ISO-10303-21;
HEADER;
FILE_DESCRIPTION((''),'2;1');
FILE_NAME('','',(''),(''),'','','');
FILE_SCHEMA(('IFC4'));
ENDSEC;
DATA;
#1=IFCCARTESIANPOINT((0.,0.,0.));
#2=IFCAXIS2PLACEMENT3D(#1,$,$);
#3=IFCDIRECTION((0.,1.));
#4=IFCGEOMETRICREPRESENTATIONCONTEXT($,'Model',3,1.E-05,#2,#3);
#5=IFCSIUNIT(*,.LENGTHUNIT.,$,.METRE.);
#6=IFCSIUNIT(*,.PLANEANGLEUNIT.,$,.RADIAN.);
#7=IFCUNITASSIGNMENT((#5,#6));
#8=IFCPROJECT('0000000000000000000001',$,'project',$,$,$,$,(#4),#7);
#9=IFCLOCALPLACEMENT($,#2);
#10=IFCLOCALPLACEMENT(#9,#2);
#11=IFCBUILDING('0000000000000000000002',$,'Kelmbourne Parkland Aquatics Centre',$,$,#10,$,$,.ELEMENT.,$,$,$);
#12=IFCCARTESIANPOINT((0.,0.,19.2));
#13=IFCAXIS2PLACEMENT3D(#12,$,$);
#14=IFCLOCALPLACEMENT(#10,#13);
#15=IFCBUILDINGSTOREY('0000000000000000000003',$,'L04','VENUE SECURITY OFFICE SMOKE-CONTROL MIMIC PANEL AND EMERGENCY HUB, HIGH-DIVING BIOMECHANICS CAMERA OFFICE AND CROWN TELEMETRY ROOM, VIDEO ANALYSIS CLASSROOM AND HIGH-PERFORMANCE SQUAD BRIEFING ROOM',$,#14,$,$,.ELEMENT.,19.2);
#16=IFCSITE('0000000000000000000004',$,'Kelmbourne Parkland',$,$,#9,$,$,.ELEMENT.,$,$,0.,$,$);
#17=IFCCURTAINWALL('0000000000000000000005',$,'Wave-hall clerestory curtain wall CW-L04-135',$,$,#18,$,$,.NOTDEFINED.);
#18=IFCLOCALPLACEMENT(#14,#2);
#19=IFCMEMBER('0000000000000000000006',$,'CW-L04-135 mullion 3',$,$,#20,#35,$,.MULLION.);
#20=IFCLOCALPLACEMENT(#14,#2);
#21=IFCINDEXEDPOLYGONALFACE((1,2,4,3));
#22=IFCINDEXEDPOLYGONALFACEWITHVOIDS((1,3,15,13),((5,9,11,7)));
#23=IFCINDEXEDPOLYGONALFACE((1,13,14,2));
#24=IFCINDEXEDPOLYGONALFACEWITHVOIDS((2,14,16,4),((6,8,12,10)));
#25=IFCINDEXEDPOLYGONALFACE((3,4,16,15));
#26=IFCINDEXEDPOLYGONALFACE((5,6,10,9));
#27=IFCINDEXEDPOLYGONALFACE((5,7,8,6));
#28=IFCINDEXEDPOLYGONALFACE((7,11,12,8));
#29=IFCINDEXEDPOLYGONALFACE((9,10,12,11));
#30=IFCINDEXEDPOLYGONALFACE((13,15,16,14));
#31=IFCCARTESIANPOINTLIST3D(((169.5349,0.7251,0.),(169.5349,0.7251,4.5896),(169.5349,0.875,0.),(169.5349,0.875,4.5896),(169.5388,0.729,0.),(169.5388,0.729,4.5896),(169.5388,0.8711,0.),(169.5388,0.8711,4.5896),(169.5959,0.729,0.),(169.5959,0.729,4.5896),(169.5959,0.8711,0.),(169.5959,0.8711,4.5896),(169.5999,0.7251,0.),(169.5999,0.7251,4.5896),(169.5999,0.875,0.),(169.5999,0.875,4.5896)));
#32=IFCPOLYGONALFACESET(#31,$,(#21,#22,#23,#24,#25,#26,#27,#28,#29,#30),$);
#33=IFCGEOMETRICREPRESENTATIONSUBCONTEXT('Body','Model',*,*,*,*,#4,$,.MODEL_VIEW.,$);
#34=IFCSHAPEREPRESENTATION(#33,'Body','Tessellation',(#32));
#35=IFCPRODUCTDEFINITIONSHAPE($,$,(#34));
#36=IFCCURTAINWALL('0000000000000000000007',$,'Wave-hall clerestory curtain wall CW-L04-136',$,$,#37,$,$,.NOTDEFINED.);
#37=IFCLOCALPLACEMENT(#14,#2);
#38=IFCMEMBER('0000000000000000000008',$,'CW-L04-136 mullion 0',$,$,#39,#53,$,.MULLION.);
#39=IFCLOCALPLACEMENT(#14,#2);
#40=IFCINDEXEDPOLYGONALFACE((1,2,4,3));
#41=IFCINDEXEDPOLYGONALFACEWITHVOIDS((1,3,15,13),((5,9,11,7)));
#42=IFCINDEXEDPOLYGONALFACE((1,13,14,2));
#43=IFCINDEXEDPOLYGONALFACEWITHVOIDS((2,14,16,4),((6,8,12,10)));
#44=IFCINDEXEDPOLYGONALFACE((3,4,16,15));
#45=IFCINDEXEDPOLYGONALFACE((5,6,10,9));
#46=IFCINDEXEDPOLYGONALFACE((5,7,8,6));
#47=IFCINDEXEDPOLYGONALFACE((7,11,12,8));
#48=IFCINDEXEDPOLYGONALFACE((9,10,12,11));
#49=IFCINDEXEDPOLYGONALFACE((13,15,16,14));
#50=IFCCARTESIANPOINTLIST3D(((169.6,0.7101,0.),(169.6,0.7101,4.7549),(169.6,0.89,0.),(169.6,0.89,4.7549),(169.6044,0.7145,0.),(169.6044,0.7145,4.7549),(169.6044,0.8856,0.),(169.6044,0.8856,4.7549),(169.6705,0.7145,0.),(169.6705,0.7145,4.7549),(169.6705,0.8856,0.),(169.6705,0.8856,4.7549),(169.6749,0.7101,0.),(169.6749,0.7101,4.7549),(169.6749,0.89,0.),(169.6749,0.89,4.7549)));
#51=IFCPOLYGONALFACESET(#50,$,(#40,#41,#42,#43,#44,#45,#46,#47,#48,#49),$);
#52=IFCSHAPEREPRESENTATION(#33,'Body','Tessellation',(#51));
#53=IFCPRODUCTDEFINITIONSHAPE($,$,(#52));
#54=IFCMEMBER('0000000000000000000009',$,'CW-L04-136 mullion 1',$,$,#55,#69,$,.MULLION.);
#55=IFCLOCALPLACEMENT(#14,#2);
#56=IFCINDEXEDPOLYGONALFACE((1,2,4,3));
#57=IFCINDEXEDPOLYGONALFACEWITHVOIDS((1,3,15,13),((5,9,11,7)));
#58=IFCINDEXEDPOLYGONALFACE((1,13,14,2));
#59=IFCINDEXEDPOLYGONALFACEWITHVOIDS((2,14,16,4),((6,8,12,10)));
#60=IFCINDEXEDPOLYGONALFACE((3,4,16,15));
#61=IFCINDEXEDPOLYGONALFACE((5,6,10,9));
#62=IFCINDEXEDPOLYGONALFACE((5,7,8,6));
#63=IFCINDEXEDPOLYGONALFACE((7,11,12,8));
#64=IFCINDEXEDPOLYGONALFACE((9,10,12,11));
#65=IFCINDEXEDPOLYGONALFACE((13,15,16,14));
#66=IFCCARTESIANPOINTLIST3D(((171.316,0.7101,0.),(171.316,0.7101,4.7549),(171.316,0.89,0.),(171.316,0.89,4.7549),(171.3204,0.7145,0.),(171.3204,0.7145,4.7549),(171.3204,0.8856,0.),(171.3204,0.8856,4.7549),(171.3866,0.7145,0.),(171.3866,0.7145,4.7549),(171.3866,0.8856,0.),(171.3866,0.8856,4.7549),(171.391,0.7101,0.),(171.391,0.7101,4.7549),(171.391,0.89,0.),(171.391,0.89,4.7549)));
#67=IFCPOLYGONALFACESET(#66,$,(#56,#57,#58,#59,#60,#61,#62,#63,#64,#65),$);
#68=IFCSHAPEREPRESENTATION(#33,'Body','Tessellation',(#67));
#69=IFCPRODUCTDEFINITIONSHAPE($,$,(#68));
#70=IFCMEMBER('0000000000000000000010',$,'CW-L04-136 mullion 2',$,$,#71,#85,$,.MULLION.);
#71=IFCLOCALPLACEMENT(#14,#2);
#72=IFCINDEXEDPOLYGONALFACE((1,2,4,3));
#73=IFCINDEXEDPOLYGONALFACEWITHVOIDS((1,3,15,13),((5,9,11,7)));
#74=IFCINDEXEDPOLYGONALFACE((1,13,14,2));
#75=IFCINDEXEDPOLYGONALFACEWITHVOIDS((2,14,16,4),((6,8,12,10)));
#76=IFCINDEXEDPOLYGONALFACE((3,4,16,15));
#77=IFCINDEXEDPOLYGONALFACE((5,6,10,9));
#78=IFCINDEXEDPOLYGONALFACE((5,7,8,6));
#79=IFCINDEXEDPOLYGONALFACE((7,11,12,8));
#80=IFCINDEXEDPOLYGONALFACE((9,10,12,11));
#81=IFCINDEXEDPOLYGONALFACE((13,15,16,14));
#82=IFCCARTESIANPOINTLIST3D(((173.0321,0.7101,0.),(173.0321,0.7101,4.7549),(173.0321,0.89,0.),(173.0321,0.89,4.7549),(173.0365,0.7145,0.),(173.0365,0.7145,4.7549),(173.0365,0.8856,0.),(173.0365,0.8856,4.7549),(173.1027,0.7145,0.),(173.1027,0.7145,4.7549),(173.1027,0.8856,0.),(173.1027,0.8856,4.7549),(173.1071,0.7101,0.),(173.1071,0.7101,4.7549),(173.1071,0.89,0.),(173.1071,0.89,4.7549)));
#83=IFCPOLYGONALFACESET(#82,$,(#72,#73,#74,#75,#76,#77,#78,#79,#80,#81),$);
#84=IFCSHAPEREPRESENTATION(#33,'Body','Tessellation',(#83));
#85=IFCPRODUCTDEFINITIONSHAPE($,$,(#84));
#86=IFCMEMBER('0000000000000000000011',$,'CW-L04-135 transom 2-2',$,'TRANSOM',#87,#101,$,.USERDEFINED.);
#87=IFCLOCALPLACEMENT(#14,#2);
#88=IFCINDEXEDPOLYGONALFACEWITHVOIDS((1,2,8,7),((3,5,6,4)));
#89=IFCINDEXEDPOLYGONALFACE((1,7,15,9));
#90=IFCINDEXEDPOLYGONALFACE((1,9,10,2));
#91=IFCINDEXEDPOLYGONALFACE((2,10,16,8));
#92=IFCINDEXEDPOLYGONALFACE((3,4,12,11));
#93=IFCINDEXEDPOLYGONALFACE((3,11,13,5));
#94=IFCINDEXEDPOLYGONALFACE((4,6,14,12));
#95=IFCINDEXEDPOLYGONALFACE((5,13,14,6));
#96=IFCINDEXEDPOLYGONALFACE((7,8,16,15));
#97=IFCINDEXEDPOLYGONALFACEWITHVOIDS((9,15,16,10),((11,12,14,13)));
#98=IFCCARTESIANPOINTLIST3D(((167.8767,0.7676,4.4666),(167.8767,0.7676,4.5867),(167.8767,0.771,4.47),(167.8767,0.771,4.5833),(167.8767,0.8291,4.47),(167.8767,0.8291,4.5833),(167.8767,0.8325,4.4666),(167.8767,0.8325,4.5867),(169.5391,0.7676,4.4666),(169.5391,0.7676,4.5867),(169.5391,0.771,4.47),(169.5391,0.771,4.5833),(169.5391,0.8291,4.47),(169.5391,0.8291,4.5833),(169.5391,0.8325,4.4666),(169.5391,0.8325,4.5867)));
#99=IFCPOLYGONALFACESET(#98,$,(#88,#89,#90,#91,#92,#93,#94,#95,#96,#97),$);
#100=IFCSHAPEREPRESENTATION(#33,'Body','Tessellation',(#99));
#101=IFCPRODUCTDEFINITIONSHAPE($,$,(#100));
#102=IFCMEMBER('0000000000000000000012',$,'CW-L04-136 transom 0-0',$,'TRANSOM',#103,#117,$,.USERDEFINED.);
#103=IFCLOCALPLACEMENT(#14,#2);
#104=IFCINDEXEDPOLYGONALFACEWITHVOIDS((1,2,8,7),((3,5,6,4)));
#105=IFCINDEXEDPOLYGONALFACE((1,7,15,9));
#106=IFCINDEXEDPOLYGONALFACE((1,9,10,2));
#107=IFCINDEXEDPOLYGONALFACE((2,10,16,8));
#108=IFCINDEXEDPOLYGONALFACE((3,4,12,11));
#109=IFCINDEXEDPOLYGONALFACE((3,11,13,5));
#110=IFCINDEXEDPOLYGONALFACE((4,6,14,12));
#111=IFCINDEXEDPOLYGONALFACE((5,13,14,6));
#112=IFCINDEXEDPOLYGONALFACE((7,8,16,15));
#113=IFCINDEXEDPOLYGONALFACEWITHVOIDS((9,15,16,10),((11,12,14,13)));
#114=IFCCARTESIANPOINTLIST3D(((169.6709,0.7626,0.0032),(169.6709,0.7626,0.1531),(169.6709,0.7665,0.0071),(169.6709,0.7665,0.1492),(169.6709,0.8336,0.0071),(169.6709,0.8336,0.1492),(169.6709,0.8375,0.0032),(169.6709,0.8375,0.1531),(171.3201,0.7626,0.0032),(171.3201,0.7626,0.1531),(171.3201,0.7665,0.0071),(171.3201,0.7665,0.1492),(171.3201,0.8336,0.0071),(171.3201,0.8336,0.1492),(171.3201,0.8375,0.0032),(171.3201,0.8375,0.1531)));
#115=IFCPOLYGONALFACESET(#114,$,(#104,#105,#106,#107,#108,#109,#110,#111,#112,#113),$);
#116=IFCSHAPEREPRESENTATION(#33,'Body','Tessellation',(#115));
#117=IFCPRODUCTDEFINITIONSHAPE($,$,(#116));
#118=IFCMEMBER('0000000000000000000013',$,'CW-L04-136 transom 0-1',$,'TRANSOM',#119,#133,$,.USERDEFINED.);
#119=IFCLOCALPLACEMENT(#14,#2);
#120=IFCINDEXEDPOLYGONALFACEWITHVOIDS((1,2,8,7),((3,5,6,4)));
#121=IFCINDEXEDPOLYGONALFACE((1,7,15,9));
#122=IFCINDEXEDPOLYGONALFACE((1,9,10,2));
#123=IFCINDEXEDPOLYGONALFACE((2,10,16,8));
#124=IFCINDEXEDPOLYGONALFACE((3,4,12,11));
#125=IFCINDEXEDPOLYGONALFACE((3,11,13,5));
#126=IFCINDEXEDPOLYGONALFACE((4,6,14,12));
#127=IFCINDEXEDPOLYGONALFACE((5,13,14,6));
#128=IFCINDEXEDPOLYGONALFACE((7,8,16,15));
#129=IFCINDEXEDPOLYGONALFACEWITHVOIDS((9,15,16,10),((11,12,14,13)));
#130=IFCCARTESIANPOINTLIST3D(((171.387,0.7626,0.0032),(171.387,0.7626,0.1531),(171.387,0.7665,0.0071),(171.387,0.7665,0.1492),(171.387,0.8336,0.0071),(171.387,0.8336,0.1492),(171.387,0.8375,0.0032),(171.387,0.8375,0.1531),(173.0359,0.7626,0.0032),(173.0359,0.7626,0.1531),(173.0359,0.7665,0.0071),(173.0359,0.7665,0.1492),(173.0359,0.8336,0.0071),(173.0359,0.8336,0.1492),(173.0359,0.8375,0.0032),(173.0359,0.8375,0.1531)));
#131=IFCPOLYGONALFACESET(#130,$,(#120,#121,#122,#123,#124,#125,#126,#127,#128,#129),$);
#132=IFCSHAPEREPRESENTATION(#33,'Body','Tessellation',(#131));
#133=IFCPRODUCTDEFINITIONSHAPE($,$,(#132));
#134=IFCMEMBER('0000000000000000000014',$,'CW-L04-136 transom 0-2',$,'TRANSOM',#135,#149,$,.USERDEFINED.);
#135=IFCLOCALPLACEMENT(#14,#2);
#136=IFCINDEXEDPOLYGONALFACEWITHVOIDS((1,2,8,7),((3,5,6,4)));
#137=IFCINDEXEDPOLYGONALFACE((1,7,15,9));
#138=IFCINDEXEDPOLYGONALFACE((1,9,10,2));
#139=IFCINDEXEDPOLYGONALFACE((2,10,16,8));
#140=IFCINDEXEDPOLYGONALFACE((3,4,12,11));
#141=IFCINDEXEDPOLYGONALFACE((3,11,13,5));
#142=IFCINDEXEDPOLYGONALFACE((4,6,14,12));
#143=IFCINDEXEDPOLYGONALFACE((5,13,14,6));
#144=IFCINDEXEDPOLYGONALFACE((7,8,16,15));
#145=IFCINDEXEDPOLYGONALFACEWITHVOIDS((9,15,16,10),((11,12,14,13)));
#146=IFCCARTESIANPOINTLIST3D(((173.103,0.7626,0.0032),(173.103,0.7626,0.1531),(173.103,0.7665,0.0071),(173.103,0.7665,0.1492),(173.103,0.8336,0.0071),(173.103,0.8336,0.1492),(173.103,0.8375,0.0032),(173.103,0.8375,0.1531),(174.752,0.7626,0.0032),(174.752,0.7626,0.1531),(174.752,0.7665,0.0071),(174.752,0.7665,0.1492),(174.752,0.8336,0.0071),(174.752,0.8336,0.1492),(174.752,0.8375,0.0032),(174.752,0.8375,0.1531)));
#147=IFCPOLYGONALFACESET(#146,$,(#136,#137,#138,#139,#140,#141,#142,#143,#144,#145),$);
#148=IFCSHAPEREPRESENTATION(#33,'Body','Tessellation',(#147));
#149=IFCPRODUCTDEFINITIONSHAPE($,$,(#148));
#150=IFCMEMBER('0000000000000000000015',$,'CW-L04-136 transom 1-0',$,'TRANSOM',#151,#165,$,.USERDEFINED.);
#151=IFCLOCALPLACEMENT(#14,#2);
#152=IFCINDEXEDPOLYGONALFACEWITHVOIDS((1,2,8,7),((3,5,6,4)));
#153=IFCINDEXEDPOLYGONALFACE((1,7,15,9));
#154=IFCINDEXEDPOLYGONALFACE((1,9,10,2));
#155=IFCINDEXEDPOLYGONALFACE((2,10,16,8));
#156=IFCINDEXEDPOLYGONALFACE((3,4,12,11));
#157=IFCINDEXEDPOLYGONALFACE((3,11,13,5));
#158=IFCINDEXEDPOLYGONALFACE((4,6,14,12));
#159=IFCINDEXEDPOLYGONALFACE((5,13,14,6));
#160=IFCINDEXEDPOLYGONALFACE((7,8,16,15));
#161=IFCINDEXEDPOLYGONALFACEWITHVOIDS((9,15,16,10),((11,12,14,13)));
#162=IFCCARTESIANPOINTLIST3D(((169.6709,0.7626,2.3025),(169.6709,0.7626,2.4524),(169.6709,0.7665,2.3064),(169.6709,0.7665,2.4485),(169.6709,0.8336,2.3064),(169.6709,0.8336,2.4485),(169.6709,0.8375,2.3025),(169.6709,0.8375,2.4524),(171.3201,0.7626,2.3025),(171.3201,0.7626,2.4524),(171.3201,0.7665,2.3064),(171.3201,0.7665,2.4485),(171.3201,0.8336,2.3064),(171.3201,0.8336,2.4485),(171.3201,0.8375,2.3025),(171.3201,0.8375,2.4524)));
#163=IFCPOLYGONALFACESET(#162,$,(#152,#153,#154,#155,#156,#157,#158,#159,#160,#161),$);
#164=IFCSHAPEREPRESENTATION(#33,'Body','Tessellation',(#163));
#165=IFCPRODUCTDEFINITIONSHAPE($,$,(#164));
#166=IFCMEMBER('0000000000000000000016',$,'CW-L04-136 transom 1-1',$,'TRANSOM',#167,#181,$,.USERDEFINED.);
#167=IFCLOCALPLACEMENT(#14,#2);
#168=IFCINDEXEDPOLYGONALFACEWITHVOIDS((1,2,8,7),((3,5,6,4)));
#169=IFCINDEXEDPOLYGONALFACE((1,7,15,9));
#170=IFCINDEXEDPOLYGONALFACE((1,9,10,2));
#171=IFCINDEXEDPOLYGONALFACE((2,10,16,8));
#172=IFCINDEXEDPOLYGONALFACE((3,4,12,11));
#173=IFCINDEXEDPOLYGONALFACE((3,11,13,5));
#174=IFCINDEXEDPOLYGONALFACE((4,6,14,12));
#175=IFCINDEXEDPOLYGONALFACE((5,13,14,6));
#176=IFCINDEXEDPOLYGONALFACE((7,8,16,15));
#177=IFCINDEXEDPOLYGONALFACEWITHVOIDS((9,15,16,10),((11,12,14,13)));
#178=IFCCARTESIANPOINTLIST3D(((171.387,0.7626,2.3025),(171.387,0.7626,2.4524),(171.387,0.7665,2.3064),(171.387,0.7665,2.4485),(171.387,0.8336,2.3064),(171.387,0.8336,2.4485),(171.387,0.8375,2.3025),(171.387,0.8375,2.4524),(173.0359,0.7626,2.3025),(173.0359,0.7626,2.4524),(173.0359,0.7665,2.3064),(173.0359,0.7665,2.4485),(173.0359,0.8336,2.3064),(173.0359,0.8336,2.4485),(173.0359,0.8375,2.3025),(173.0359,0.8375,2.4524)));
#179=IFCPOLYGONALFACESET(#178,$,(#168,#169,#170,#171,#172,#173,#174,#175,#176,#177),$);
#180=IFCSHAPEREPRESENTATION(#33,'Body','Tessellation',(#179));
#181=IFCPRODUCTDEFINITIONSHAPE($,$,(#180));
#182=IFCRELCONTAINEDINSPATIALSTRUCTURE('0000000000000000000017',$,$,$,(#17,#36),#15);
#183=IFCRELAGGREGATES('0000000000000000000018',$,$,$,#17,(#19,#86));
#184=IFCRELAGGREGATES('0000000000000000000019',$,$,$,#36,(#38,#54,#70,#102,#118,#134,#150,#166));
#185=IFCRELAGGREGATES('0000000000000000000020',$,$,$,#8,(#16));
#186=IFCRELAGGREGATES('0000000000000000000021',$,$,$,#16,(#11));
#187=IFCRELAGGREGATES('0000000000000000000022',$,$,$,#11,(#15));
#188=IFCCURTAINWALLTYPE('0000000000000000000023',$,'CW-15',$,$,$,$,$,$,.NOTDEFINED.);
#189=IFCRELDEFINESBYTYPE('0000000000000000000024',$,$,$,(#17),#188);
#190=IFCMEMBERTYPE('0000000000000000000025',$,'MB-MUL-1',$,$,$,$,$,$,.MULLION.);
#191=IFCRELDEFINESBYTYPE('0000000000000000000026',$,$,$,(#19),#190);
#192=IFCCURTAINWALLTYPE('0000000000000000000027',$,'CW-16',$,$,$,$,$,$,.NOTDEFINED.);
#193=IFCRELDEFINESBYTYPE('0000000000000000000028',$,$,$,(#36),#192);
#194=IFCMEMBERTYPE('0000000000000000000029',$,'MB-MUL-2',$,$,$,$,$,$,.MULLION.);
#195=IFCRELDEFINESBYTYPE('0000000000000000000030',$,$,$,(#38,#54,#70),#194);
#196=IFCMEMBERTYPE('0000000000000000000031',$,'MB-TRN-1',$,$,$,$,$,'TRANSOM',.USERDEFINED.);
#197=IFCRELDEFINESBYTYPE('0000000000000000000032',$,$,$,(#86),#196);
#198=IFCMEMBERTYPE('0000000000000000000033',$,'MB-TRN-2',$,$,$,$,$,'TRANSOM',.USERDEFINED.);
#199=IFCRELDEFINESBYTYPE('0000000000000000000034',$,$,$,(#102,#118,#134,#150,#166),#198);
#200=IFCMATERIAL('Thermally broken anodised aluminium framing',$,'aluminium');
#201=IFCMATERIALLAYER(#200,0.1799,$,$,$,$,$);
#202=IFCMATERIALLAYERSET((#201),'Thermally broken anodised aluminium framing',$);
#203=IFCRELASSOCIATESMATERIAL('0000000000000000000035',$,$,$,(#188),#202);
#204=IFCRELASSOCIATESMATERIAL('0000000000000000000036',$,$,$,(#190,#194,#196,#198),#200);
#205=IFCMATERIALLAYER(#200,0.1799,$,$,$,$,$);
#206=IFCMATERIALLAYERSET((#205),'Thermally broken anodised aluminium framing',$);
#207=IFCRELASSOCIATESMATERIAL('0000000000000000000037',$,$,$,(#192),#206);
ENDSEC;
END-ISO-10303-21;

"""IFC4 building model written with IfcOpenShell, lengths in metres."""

from ifc_helpers import new_model, si_unit, direction, frame, origin, origin_2d, place, context, subcontext, project, spatial, hollow_rectangle, extrude, material, layer, layer_set, material_profile, profile_set, type_object, element, aggregate, save


model = new_model("IFC4")

# Units and contexts
model_context = context("Model", 3, precision=1e-05, world=origin(), true_north=direction((0.0, 1.0)))
body_context = subcontext(model_context, "Body", "Model", "MODEL_VIEW")
ifc_project = project(units=[si_unit("LENGTHUNIT", "METRE"), si_unit("PLANEANGLEUNIT", "RADIAN")], contexts=[model_context])

# Site, building, storey
site_placement = place(None, origin())
site = spatial("IfcSite", under=ifc_project, at=site_placement, Name="Kelmbourne Parkland", CompositionType="ELEMENT", RefElevation=0.0)
building_placement = place(site_placement, origin())
building = spatial("IfcBuilding", under=site, at=building_placement, Name="Kelmbourne Parkland Aquatics Centre", CompositionType="ELEMENT")
storey_placement = place(building_placement, frame((0.0, 0.0, 19.2)))
storey = spatial("IfcBuildingStorey", under=building, at=storey_placement, Name="L04", Description="VENUE SECURITY OFFICE SMOKE-CONTROL MIMIC PANEL AND EMERGENCY HUB, HIGH-DIVING BIOMECHANICS CAMERA OFFICE AND CROWN TELEMETRY ROOM, VIDEO ANALYSIS CLASSROOM AND HIGH-PERFORMANCE SQUAD BRIEFING ROOM", CompositionType="ELEMENT", Elevation=19.2)

# Curtain wall, member
ifc_material_1 = material(Name="Thermally broken anodised aluminium framing", Category="aluminium")
ifc_layer_1 = layer(ifc_material_1, 0.1799)
ifc_layer_set_1 = layer_set([ifc_layer_1], Name="Thermally broken anodised aluminium framing")
curtain_wall_type_1 = type_object("IfcCurtainWallType", Name="CW-15", PredefinedType="NOTDEFINED", material=ifc_layer_set_1)
curtain_wall_1_placement = place(storey_placement, origin())
curtain_wall_1 = element("IfcCurtainWall", 1, at=curtain_wall_1_placement, inside=storey, type_object=curtain_wall_type_1, Name="Wave-hall clerestory curtain wall CW-L04-135", PredefinedType="NOTDEFINED")
ifc_material_profile_1 = material_profile(ifc_material_1, hollow_rectangle(XDim=0.0649, YDim=0.1499, WallThickness=0.0039, at=origin_2d()), Name="CW-M 65x150")
ifc_profile_set_1 = profile_set([ifc_material_profile_1], Name="Thermally broken anodised aluminium framing")
member_type_1 = type_object("IfcMemberType", Name="MB-MUL-1", PredefinedType="MULLION", material=ifc_profile_set_1)
member_1_placement = place(storey_placement, frame((169.5674, 0.8, 0.0), z_axis=(0.0, 0.0, 1.0), x_axis=(1.0, 0.0, 0.0)))
member_1 = element("IfcMember", 2, at=member_1_placement, type_object=member_type_1, Name="CW-L04-135 mullion 3", PredefinedType="MULLION", context=body_context, shape_type="SweptSolid", body=[
    extrude(hollow_rectangle(XDim=0.0649, YDim=0.1499, WallThickness=0.0039, at=origin_2d()), origin(), (0.0, 0.0, 1.0), 4.5896),
])

# Curtain wall, members
ifc_layer_2 = layer(ifc_material_1, 0.1799)
ifc_layer_set_2 = layer_set([ifc_layer_2], Name="Thermally broken anodised aluminium framing")
curtain_wall_type_2 = type_object("IfcCurtainWallType", Name="CW-16", PredefinedType="NOTDEFINED", material=ifc_layer_set_2)
curtain_wall_2_placement = place(storey_placement, origin())
curtain_wall_2 = element("IfcCurtainWall", 3, at=curtain_wall_2_placement, inside=storey, type_object=curtain_wall_type_2, Name="Wave-hall clerestory curtain wall CW-L04-136", PredefinedType="NOTDEFINED")
ifc_material_profile_2 = material_profile(ifc_material_1, hollow_rectangle(XDim=0.075, YDim=0.1799, WallThickness=0.0044, at=origin_2d()), Name="CW-M 75x180")
ifc_profile_set_2 = profile_set([ifc_material_profile_2], Name="Thermally broken anodised aluminium framing")
member_type_2 = type_object("IfcMemberType", Name="MB-MUL-2", PredefinedType="MULLION", material=ifc_profile_set_2)
member_2_placement = place(storey_placement, frame((169.6375, 0.8, 0.0), z_axis=(0.0, 0.0, 1.0), x_axis=(1.0, 0.0, 0.0)))
member_2 = element("IfcMember", 4, at=member_2_placement, type_object=member_type_2, Name="CW-L04-136 mullion 0", PredefinedType="MULLION", context=body_context, shape_type="SweptSolid", body=[
    extrude(hollow_rectangle(XDim=0.075, YDim=0.1799, WallThickness=0.0044, at=origin_2d()), origin(), (0.0, 0.0, 1.0), 4.7549),
])
member_3_placement = place(storey_placement, frame((171.3535, 0.8, 0.0), z_axis=(0.0, 0.0, 1.0), x_axis=(1.0, 0.0, 0.0)))
member_3 = element("IfcMember", 5, at=member_3_placement, type_object=member_type_2, Name="CW-L04-136 mullion 1", PredefinedType="MULLION", context=body_context, shape_type="SweptSolid", body=[
    extrude(hollow_rectangle(XDim=0.075, YDim=0.1799, WallThickness=0.0044, at=origin_2d()), origin(), (0.0, 0.0, 1.0), 4.7549),
])
member_4_placement = place(storey_placement, frame((173.0696, 0.8, 0.0), z_axis=(0.0, 0.0, 1.0), x_axis=(1.0, 0.0, 0.0)))
member_4 = element("IfcMember", 6, at=member_4_placement, type_object=member_type_2, Name="CW-L04-136 mullion 2", PredefinedType="MULLION", context=body_context, shape_type="SweptSolid", body=[
    extrude(hollow_rectangle(XDim=0.075, YDim=0.1799, WallThickness=0.0044, at=origin_2d()), origin(), (0.0, 0.0, 1.0), 4.7549),
])

# Members
ifc_material_profile_3 = material_profile(ifc_material_1, hollow_rectangle(XDim=0.0649, YDim=0.1201, WallThickness=0.0034, at=origin_2d()), Name="CW-T 65x120")
ifc_profile_set_3 = profile_set([ifc_material_profile_3], Name="Thermally broken anodised aluminium framing")
member_type_3 = type_object("IfcMemberType", Name="MB-TRN-1", ElementType="TRANSOM", PredefinedType="USERDEFINED", material=ifc_profile_set_3)
member_5_placement = place(storey_placement, frame((167.8767, 0.8, 4.5266), z_axis=(1.0, 0.0, 0.0), x_axis=(0.0, 1.0, 0.0)))
member_5 = element("IfcMember", 7, at=member_5_placement, type_object=member_type_3, Name="CW-L04-135 transom 2-2", ObjectType="TRANSOM", PredefinedType="USERDEFINED", context=body_context, shape_type="SweptSolid", body=[
    extrude(hollow_rectangle(XDim=0.0649, YDim=0.1201, WallThickness=0.0034, at=origin_2d()), origin(), (0.0, 0.0, 1.0), 1.6624),
])
ifc_material_profile_4 = material_profile(ifc_material_1, hollow_rectangle(XDim=0.075, YDim=0.1499, WallThickness=0.0039, at=origin_2d()), Name="CW-T 75x150")
ifc_profile_set_4 = profile_set([ifc_material_profile_4], Name="Thermally broken anodised aluminium framing")
member_type_4 = type_object("IfcMemberType", Name="MB-TRN-2", ElementType="TRANSOM", PredefinedType="USERDEFINED", material=ifc_profile_set_4)
member_6_placement = place(storey_placement, frame((169.6709, 0.8, 0.0781), z_axis=(1.0, 0.0, 0.0), x_axis=(0.0, 1.0, 0.0)))
member_6 = element("IfcMember", 8, at=member_6_placement, type_object=member_type_4, Name="CW-L04-136 transom 0-0", ObjectType="TRANSOM", PredefinedType="USERDEFINED", context=body_context, shape_type="SweptSolid", body=[
    extrude(hollow_rectangle(XDim=0.075, YDim=0.1499, WallThickness=0.0039, at=origin_2d()), origin(), (0.0, 0.0, 1.0), 1.6492),
])
member_7_placement = place(storey_placement, frame((171.387, 0.8, 0.0781), z_axis=(1.0, 0.0, 0.0), x_axis=(0.0, 1.0, 0.0)))
member_7 = element("IfcMember", 9, at=member_7_placement, type_object=member_type_4, Name="CW-L04-136 transom 0-1", ObjectType="TRANSOM", PredefinedType="USERDEFINED", context=body_context, shape_type="SweptSolid", body=[
    extrude(hollow_rectangle(XDim=0.075, YDim=0.1499, WallThickness=0.0039, at=origin_2d()), origin(), (0.0, 0.0, 1.0), 1.6489),
])
member_8_placement = place(storey_placement, frame((173.103, 0.8, 0.0781), z_axis=(1.0, 0.0, 0.0), x_axis=(0.0, 1.0, 0.0)))
member_8 = element("IfcMember", 10, at=member_8_placement, type_object=member_type_4, Name="CW-L04-136 transom 0-2", ObjectType="TRANSOM", PredefinedType="USERDEFINED", context=body_context, shape_type="SweptSolid", body=[
    extrude(hollow_rectangle(XDim=0.075, YDim=0.1499, WallThickness=0.0039, at=origin_2d()), origin(), (0.0, 0.0, 1.0), 1.6489),
])
member_9_placement = place(storey_placement, frame((169.6709, 0.8, 2.3774), z_axis=(1.0, 0.0, 0.0), x_axis=(0.0, 1.0, 0.0)))
member_9 = element("IfcMember", 11, at=member_9_placement, type_object=member_type_4, Name="CW-L04-136 transom 1-0", ObjectType="TRANSOM", PredefinedType="USERDEFINED", context=body_context, shape_type="SweptSolid", body=[
    extrude(hollow_rectangle(XDim=0.075, YDim=0.1499, WallThickness=0.0039, at=origin_2d()), origin(), (0.0, 0.0, 1.0), 1.6492),
])
member_10_placement = place(storey_placement, frame((171.387, 0.8, 2.3774), z_axis=(1.0, 0.0, 0.0), x_axis=(0.0, 1.0, 0.0)))
member_10 = element("IfcMember", 12, at=member_10_placement, type_object=member_type_4, Name="CW-L04-136 transom 1-1", ObjectType="TRANSOM", PredefinedType="USERDEFINED", context=body_context, shape_type="SweptSolid", body=[
    extrude(hollow_rectangle(XDim=0.075, YDim=0.1499, WallThickness=0.0039, at=origin_2d()), origin(), (0.0, 0.0, 1.0), 1.6489),
])

aggregate(curtain_wall_1, [member_1, member_5])
aggregate(curtain_wall_2, [member_2, member_3, member_4, member_6, member_7, member_8, member_9, member_10])

save(model, "model.ifc")
